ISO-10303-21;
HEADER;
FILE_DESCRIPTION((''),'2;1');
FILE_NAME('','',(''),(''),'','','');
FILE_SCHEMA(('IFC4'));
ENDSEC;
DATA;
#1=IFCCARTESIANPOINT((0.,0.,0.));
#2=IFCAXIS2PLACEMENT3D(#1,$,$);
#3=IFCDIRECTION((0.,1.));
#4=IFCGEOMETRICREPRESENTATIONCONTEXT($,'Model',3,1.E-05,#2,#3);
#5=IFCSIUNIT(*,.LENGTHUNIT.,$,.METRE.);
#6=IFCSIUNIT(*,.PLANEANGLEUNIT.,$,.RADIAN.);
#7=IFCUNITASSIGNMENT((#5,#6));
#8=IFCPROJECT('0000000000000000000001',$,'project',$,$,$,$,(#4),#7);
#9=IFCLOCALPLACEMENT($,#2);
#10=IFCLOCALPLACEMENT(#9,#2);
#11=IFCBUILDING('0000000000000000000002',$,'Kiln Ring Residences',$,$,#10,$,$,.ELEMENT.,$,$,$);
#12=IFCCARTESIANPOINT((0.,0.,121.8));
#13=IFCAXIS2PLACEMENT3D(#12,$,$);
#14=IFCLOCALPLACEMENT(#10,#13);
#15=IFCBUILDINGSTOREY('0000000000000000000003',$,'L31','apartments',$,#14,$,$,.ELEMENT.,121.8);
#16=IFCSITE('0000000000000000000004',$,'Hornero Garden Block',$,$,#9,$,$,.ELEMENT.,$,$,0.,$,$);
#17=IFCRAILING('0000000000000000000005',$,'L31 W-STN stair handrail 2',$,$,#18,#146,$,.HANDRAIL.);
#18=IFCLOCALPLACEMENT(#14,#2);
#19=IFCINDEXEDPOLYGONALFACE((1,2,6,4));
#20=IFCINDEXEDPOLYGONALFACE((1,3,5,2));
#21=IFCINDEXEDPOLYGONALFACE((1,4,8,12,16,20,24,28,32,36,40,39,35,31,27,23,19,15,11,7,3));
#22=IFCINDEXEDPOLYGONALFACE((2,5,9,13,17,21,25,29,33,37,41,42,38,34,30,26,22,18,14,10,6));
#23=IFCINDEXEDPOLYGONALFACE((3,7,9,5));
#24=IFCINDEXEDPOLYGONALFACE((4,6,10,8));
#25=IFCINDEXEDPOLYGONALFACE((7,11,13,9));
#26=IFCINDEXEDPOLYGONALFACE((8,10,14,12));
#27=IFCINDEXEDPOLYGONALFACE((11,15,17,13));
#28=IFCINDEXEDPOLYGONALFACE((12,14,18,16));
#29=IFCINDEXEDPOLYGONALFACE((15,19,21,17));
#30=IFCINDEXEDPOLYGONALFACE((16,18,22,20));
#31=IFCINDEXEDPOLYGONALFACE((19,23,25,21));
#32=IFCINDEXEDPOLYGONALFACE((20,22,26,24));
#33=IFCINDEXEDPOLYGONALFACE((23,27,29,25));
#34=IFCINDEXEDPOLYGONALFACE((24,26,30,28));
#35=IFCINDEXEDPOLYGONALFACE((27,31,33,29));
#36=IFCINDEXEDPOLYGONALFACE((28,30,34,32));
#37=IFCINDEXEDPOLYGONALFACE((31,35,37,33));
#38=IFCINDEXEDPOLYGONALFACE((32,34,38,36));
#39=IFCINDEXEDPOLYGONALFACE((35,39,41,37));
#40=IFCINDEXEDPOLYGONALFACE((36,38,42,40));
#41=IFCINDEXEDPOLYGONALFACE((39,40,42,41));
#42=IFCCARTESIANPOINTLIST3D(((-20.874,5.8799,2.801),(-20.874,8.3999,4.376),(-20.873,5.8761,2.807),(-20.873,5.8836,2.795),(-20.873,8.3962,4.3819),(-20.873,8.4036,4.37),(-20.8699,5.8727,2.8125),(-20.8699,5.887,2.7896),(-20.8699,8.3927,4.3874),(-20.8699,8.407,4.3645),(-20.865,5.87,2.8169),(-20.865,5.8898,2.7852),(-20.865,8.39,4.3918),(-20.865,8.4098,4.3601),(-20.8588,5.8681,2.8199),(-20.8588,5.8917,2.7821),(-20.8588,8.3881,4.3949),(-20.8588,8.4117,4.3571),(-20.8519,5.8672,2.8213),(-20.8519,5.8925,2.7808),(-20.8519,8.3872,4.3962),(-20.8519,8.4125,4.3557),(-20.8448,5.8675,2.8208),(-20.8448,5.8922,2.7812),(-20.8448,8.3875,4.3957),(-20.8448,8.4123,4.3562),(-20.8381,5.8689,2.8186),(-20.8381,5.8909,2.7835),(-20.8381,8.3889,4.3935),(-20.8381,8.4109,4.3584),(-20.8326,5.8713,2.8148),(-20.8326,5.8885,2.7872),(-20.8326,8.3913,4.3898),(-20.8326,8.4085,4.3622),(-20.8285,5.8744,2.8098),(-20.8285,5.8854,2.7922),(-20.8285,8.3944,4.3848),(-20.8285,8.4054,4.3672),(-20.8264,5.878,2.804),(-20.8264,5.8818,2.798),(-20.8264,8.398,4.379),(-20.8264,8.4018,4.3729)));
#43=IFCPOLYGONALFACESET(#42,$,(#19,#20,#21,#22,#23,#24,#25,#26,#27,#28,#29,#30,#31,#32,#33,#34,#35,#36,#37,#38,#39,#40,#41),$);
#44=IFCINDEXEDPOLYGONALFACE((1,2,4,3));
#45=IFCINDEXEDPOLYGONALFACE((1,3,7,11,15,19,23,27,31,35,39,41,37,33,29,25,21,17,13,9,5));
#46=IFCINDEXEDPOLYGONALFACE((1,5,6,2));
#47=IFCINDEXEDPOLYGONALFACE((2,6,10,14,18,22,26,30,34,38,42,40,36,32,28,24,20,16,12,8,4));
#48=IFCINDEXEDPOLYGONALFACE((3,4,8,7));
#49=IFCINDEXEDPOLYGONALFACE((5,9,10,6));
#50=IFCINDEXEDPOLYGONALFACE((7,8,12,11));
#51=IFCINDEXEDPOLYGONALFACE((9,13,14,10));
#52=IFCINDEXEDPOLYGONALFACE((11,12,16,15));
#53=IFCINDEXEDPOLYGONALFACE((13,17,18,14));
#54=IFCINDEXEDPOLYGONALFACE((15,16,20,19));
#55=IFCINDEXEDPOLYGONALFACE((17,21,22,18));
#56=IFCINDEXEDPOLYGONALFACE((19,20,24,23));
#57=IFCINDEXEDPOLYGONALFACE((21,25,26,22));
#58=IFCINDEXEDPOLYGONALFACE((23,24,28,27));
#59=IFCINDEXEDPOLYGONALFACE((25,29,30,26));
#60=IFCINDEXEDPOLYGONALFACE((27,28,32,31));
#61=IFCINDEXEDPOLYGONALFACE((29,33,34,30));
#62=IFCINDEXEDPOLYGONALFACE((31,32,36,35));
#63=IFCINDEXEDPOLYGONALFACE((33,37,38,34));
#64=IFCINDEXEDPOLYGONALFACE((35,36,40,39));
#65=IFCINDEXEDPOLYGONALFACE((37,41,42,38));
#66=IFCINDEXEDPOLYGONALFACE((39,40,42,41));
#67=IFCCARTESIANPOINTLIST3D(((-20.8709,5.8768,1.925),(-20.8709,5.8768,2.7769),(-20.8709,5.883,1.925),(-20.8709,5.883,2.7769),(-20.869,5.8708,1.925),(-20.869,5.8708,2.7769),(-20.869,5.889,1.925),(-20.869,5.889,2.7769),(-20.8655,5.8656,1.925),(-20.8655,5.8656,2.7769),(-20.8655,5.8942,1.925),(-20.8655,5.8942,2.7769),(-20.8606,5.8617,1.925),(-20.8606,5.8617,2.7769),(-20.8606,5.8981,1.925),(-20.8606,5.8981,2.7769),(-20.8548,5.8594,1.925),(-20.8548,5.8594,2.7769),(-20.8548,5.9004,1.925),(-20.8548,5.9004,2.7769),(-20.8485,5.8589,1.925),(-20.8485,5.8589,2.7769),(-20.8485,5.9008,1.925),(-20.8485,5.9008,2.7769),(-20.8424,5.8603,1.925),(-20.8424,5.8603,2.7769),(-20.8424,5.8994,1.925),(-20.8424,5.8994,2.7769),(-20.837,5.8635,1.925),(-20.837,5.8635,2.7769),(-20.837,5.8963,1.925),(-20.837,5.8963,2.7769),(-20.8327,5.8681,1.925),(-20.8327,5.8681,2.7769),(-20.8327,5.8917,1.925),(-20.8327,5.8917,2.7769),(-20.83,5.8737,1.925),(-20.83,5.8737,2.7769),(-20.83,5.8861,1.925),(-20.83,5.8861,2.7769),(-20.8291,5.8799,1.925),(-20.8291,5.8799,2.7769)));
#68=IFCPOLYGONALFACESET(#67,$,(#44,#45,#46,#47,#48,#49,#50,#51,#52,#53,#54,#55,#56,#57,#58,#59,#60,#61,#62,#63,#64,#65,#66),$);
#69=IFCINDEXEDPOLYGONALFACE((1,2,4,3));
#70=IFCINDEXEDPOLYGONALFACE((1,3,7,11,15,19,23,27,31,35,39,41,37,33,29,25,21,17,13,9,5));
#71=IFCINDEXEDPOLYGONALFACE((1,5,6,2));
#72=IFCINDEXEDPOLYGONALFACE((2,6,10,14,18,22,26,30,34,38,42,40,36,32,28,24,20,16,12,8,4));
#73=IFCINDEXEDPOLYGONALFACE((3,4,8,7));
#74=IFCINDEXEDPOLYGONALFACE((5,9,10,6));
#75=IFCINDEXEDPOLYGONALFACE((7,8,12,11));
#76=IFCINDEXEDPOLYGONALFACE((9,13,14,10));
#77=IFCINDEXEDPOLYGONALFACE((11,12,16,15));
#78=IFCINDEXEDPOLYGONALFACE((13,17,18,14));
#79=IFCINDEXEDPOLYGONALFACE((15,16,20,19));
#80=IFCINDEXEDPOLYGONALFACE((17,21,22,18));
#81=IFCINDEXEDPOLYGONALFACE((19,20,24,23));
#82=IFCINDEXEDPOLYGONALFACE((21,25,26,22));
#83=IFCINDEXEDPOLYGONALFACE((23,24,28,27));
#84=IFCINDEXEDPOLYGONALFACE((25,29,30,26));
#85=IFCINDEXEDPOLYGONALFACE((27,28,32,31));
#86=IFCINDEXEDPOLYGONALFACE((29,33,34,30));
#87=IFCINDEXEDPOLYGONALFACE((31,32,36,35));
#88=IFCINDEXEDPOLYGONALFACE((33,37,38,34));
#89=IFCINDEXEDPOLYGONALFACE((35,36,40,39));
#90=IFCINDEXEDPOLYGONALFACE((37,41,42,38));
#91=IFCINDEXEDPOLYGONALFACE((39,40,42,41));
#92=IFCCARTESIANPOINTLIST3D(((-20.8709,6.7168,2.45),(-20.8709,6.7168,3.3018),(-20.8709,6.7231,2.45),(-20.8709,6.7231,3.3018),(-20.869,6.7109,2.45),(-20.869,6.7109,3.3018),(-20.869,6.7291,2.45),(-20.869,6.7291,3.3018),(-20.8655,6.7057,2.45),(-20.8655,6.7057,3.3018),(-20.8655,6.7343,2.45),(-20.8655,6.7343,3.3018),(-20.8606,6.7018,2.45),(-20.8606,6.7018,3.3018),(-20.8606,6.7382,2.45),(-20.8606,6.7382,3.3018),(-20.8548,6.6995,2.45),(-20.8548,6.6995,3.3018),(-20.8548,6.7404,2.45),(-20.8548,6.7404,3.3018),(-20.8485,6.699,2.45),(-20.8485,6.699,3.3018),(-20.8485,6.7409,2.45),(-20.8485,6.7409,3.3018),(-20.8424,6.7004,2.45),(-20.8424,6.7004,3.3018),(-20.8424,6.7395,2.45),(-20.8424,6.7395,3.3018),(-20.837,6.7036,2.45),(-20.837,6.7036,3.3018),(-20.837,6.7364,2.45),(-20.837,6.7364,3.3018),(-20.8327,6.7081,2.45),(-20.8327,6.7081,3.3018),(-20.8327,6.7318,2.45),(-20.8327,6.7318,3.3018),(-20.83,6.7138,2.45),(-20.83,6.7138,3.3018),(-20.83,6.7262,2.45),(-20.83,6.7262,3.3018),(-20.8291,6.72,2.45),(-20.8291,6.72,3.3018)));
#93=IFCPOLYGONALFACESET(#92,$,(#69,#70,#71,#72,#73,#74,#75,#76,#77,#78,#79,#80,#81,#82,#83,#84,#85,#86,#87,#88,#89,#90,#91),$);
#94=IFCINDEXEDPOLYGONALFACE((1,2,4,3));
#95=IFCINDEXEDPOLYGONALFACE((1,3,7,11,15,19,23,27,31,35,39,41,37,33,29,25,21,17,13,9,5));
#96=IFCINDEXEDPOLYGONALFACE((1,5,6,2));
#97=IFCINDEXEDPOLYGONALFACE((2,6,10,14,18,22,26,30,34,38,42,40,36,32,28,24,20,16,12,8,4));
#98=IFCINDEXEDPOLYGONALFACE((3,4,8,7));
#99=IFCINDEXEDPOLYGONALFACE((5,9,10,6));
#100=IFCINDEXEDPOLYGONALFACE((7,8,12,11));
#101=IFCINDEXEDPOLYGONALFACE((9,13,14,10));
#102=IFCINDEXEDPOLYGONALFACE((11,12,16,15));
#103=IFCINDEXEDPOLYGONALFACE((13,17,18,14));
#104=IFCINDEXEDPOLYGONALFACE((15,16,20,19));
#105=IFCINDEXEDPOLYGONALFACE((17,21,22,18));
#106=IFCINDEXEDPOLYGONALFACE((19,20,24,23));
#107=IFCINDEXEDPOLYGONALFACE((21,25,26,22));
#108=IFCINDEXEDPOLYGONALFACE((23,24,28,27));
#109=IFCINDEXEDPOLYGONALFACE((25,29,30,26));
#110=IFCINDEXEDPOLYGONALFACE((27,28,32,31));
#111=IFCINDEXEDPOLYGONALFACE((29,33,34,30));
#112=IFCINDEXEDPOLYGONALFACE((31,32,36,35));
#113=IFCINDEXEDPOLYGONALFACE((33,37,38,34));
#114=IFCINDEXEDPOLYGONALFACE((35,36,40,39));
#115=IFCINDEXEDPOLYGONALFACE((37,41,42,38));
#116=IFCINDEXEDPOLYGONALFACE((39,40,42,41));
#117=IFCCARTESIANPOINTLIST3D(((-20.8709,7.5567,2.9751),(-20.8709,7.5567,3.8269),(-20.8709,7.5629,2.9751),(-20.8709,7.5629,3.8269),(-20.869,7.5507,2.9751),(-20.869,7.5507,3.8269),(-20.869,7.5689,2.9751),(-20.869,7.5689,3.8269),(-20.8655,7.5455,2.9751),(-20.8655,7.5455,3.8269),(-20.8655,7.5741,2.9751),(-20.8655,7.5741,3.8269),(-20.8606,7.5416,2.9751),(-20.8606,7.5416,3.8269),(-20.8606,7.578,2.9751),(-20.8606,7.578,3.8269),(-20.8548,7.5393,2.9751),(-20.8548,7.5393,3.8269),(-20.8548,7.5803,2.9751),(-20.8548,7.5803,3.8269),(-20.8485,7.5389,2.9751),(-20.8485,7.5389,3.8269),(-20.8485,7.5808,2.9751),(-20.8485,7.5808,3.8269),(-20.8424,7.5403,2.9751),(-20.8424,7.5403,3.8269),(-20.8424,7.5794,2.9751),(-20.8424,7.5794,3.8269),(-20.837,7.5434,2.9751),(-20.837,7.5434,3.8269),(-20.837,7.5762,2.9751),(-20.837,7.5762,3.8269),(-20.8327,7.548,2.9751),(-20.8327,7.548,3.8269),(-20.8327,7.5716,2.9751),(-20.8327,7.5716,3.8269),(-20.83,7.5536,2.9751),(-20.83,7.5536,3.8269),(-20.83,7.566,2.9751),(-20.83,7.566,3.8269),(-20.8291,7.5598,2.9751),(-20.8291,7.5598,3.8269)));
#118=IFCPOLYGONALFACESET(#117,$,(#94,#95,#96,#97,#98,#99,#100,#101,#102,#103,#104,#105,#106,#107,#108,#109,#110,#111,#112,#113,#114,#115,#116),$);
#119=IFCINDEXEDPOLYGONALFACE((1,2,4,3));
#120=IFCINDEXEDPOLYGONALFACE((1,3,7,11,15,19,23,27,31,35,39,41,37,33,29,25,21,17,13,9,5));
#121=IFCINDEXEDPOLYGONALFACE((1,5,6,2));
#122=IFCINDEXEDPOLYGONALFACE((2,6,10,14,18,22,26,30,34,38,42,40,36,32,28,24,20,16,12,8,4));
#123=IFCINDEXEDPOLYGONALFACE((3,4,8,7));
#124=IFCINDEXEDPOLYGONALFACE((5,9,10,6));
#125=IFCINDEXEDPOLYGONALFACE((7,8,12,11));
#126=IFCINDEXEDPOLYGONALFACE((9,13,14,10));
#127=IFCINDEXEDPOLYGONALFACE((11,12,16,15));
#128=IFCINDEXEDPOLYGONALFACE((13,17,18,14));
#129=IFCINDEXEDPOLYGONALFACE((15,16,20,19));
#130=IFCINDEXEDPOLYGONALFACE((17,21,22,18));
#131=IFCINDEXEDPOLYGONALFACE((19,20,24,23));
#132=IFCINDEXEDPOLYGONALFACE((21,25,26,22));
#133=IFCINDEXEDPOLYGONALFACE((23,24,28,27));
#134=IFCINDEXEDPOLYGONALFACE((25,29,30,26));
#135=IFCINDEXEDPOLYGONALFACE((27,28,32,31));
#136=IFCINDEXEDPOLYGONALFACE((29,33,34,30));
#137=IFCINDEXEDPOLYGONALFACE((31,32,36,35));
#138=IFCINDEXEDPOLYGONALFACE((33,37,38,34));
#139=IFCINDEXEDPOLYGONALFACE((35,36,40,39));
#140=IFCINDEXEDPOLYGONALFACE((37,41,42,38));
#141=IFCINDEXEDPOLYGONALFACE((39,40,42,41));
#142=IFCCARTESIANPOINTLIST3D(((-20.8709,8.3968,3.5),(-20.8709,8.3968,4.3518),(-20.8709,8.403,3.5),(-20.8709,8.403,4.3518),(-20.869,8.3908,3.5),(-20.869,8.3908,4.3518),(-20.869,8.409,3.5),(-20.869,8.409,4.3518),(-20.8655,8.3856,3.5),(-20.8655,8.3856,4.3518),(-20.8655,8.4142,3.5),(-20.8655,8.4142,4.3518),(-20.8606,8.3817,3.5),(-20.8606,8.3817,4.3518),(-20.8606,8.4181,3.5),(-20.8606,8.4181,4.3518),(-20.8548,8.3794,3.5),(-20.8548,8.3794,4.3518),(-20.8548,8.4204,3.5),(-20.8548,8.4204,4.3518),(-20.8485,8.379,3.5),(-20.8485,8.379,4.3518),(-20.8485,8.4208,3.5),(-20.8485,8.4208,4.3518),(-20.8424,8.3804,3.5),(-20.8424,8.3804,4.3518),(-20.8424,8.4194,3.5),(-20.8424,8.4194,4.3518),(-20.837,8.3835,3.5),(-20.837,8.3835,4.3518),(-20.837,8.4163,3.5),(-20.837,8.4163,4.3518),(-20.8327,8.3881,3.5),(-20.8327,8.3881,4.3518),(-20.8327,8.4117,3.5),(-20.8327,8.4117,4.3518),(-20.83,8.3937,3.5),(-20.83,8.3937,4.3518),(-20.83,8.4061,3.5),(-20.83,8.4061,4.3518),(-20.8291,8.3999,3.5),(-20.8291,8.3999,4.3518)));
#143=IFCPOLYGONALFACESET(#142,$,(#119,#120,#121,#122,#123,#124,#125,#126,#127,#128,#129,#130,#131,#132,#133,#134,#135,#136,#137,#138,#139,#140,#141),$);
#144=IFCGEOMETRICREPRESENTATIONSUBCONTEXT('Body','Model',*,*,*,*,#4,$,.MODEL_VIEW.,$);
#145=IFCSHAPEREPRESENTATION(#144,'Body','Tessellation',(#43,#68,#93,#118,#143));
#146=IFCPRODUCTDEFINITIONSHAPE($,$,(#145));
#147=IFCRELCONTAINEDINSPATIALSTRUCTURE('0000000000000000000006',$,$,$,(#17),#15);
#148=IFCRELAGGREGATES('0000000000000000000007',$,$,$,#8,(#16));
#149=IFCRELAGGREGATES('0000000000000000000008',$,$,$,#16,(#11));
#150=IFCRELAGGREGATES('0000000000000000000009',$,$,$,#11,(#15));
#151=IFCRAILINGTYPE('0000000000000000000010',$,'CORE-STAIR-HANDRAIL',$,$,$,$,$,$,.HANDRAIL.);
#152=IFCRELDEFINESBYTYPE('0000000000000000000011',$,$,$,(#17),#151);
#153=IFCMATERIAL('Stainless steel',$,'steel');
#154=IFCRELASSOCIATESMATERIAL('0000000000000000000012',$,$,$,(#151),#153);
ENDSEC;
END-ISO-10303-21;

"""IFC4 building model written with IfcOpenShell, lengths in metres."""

from ifc_helpers import new_model, si_unit, direction, frame, origin, origin_2d, place, context, subcontext, project, spatial, circle, extrude, material, type_object, element, save


model = new_model("IFC4")

# Units and contexts
model_context = context("Model", 3, precision=1e-05, world=origin(), true_north=direction((0.0, 1.0)))
body_context = subcontext(model_context, "Body", "Model", "MODEL_VIEW")
ifc_project = project(units=[si_unit("LENGTHUNIT", "METRE"), si_unit("PLANEANGLEUNIT", "RADIAN")], contexts=[model_context])

# Site, building, storey
site_placement = place(None, origin())
site = spatial("IfcSite", under=ifc_project, at=site_placement, Name="Hornero Garden Block", CompositionType="ELEMENT", RefElevation=0.0)
building_placement = place(site_placement, origin())
building = spatial("IfcBuilding", under=site, at=building_placement, Name="Kiln Ring Residences", CompositionType="ELEMENT")
storey_placement = place(building_placement, frame((0.0, 0.0, 121.8)))
storey = spatial("IfcBuildingStorey", under=building, at=storey_placement, Name="L31", Description="apartments", CompositionType="ELEMENT", Elevation=121.8)

# Railing
ifc_material_1 = material(Name="Stainless steel", Category="steel")
railing_type_1 = type_object("IfcRailingType", Name="CORE-STAIR-HANDRAIL", PredefinedType="HANDRAIL", material=ifc_material_1)
railing_1_placement = place(storey_placement, frame((-20.8501, 5.8799, 1.925)))
element("IfcRailing", 1, at=railing_1_placement, inside=storey, type_object=railing_type_1, Name="L31 W-STN stair handrail 2", PredefinedType="HANDRAIL", context=body_context, shape_type="SweptSolid", body=[
    extrude(circle(Radius=0.0239, at=origin_2d()), frame((0.0, 0.0, 0.876), z_axis=(0.0, 0.848008, 0.529984), x_axis=(-1.0, 0.0, 0.0)), (0.0, 0.0, 1.0), 2.9717),
    extrude(circle(Radius=0.021, at=origin_2d()), origin(), (0.0, 0.0, 1.0), 0.8518),
    extrude(circle(Radius=0.021, at=origin_2d()), frame((0.0, 0.8401, 0.5249)), (0.0, 0.0, 1.0), 0.8518),
    extrude(circle(Radius=0.021, at=origin_2d()), frame((0.0, 1.6799, 1.05)), (0.0, 0.0, 1.0), 0.8518),
    extrude(circle(Radius=0.021, at=origin_2d()), frame((0.0, 2.52, 1.575)), (0.0, 0.0, 1.0), 0.8518),
])

save(model, "model.ifc")
